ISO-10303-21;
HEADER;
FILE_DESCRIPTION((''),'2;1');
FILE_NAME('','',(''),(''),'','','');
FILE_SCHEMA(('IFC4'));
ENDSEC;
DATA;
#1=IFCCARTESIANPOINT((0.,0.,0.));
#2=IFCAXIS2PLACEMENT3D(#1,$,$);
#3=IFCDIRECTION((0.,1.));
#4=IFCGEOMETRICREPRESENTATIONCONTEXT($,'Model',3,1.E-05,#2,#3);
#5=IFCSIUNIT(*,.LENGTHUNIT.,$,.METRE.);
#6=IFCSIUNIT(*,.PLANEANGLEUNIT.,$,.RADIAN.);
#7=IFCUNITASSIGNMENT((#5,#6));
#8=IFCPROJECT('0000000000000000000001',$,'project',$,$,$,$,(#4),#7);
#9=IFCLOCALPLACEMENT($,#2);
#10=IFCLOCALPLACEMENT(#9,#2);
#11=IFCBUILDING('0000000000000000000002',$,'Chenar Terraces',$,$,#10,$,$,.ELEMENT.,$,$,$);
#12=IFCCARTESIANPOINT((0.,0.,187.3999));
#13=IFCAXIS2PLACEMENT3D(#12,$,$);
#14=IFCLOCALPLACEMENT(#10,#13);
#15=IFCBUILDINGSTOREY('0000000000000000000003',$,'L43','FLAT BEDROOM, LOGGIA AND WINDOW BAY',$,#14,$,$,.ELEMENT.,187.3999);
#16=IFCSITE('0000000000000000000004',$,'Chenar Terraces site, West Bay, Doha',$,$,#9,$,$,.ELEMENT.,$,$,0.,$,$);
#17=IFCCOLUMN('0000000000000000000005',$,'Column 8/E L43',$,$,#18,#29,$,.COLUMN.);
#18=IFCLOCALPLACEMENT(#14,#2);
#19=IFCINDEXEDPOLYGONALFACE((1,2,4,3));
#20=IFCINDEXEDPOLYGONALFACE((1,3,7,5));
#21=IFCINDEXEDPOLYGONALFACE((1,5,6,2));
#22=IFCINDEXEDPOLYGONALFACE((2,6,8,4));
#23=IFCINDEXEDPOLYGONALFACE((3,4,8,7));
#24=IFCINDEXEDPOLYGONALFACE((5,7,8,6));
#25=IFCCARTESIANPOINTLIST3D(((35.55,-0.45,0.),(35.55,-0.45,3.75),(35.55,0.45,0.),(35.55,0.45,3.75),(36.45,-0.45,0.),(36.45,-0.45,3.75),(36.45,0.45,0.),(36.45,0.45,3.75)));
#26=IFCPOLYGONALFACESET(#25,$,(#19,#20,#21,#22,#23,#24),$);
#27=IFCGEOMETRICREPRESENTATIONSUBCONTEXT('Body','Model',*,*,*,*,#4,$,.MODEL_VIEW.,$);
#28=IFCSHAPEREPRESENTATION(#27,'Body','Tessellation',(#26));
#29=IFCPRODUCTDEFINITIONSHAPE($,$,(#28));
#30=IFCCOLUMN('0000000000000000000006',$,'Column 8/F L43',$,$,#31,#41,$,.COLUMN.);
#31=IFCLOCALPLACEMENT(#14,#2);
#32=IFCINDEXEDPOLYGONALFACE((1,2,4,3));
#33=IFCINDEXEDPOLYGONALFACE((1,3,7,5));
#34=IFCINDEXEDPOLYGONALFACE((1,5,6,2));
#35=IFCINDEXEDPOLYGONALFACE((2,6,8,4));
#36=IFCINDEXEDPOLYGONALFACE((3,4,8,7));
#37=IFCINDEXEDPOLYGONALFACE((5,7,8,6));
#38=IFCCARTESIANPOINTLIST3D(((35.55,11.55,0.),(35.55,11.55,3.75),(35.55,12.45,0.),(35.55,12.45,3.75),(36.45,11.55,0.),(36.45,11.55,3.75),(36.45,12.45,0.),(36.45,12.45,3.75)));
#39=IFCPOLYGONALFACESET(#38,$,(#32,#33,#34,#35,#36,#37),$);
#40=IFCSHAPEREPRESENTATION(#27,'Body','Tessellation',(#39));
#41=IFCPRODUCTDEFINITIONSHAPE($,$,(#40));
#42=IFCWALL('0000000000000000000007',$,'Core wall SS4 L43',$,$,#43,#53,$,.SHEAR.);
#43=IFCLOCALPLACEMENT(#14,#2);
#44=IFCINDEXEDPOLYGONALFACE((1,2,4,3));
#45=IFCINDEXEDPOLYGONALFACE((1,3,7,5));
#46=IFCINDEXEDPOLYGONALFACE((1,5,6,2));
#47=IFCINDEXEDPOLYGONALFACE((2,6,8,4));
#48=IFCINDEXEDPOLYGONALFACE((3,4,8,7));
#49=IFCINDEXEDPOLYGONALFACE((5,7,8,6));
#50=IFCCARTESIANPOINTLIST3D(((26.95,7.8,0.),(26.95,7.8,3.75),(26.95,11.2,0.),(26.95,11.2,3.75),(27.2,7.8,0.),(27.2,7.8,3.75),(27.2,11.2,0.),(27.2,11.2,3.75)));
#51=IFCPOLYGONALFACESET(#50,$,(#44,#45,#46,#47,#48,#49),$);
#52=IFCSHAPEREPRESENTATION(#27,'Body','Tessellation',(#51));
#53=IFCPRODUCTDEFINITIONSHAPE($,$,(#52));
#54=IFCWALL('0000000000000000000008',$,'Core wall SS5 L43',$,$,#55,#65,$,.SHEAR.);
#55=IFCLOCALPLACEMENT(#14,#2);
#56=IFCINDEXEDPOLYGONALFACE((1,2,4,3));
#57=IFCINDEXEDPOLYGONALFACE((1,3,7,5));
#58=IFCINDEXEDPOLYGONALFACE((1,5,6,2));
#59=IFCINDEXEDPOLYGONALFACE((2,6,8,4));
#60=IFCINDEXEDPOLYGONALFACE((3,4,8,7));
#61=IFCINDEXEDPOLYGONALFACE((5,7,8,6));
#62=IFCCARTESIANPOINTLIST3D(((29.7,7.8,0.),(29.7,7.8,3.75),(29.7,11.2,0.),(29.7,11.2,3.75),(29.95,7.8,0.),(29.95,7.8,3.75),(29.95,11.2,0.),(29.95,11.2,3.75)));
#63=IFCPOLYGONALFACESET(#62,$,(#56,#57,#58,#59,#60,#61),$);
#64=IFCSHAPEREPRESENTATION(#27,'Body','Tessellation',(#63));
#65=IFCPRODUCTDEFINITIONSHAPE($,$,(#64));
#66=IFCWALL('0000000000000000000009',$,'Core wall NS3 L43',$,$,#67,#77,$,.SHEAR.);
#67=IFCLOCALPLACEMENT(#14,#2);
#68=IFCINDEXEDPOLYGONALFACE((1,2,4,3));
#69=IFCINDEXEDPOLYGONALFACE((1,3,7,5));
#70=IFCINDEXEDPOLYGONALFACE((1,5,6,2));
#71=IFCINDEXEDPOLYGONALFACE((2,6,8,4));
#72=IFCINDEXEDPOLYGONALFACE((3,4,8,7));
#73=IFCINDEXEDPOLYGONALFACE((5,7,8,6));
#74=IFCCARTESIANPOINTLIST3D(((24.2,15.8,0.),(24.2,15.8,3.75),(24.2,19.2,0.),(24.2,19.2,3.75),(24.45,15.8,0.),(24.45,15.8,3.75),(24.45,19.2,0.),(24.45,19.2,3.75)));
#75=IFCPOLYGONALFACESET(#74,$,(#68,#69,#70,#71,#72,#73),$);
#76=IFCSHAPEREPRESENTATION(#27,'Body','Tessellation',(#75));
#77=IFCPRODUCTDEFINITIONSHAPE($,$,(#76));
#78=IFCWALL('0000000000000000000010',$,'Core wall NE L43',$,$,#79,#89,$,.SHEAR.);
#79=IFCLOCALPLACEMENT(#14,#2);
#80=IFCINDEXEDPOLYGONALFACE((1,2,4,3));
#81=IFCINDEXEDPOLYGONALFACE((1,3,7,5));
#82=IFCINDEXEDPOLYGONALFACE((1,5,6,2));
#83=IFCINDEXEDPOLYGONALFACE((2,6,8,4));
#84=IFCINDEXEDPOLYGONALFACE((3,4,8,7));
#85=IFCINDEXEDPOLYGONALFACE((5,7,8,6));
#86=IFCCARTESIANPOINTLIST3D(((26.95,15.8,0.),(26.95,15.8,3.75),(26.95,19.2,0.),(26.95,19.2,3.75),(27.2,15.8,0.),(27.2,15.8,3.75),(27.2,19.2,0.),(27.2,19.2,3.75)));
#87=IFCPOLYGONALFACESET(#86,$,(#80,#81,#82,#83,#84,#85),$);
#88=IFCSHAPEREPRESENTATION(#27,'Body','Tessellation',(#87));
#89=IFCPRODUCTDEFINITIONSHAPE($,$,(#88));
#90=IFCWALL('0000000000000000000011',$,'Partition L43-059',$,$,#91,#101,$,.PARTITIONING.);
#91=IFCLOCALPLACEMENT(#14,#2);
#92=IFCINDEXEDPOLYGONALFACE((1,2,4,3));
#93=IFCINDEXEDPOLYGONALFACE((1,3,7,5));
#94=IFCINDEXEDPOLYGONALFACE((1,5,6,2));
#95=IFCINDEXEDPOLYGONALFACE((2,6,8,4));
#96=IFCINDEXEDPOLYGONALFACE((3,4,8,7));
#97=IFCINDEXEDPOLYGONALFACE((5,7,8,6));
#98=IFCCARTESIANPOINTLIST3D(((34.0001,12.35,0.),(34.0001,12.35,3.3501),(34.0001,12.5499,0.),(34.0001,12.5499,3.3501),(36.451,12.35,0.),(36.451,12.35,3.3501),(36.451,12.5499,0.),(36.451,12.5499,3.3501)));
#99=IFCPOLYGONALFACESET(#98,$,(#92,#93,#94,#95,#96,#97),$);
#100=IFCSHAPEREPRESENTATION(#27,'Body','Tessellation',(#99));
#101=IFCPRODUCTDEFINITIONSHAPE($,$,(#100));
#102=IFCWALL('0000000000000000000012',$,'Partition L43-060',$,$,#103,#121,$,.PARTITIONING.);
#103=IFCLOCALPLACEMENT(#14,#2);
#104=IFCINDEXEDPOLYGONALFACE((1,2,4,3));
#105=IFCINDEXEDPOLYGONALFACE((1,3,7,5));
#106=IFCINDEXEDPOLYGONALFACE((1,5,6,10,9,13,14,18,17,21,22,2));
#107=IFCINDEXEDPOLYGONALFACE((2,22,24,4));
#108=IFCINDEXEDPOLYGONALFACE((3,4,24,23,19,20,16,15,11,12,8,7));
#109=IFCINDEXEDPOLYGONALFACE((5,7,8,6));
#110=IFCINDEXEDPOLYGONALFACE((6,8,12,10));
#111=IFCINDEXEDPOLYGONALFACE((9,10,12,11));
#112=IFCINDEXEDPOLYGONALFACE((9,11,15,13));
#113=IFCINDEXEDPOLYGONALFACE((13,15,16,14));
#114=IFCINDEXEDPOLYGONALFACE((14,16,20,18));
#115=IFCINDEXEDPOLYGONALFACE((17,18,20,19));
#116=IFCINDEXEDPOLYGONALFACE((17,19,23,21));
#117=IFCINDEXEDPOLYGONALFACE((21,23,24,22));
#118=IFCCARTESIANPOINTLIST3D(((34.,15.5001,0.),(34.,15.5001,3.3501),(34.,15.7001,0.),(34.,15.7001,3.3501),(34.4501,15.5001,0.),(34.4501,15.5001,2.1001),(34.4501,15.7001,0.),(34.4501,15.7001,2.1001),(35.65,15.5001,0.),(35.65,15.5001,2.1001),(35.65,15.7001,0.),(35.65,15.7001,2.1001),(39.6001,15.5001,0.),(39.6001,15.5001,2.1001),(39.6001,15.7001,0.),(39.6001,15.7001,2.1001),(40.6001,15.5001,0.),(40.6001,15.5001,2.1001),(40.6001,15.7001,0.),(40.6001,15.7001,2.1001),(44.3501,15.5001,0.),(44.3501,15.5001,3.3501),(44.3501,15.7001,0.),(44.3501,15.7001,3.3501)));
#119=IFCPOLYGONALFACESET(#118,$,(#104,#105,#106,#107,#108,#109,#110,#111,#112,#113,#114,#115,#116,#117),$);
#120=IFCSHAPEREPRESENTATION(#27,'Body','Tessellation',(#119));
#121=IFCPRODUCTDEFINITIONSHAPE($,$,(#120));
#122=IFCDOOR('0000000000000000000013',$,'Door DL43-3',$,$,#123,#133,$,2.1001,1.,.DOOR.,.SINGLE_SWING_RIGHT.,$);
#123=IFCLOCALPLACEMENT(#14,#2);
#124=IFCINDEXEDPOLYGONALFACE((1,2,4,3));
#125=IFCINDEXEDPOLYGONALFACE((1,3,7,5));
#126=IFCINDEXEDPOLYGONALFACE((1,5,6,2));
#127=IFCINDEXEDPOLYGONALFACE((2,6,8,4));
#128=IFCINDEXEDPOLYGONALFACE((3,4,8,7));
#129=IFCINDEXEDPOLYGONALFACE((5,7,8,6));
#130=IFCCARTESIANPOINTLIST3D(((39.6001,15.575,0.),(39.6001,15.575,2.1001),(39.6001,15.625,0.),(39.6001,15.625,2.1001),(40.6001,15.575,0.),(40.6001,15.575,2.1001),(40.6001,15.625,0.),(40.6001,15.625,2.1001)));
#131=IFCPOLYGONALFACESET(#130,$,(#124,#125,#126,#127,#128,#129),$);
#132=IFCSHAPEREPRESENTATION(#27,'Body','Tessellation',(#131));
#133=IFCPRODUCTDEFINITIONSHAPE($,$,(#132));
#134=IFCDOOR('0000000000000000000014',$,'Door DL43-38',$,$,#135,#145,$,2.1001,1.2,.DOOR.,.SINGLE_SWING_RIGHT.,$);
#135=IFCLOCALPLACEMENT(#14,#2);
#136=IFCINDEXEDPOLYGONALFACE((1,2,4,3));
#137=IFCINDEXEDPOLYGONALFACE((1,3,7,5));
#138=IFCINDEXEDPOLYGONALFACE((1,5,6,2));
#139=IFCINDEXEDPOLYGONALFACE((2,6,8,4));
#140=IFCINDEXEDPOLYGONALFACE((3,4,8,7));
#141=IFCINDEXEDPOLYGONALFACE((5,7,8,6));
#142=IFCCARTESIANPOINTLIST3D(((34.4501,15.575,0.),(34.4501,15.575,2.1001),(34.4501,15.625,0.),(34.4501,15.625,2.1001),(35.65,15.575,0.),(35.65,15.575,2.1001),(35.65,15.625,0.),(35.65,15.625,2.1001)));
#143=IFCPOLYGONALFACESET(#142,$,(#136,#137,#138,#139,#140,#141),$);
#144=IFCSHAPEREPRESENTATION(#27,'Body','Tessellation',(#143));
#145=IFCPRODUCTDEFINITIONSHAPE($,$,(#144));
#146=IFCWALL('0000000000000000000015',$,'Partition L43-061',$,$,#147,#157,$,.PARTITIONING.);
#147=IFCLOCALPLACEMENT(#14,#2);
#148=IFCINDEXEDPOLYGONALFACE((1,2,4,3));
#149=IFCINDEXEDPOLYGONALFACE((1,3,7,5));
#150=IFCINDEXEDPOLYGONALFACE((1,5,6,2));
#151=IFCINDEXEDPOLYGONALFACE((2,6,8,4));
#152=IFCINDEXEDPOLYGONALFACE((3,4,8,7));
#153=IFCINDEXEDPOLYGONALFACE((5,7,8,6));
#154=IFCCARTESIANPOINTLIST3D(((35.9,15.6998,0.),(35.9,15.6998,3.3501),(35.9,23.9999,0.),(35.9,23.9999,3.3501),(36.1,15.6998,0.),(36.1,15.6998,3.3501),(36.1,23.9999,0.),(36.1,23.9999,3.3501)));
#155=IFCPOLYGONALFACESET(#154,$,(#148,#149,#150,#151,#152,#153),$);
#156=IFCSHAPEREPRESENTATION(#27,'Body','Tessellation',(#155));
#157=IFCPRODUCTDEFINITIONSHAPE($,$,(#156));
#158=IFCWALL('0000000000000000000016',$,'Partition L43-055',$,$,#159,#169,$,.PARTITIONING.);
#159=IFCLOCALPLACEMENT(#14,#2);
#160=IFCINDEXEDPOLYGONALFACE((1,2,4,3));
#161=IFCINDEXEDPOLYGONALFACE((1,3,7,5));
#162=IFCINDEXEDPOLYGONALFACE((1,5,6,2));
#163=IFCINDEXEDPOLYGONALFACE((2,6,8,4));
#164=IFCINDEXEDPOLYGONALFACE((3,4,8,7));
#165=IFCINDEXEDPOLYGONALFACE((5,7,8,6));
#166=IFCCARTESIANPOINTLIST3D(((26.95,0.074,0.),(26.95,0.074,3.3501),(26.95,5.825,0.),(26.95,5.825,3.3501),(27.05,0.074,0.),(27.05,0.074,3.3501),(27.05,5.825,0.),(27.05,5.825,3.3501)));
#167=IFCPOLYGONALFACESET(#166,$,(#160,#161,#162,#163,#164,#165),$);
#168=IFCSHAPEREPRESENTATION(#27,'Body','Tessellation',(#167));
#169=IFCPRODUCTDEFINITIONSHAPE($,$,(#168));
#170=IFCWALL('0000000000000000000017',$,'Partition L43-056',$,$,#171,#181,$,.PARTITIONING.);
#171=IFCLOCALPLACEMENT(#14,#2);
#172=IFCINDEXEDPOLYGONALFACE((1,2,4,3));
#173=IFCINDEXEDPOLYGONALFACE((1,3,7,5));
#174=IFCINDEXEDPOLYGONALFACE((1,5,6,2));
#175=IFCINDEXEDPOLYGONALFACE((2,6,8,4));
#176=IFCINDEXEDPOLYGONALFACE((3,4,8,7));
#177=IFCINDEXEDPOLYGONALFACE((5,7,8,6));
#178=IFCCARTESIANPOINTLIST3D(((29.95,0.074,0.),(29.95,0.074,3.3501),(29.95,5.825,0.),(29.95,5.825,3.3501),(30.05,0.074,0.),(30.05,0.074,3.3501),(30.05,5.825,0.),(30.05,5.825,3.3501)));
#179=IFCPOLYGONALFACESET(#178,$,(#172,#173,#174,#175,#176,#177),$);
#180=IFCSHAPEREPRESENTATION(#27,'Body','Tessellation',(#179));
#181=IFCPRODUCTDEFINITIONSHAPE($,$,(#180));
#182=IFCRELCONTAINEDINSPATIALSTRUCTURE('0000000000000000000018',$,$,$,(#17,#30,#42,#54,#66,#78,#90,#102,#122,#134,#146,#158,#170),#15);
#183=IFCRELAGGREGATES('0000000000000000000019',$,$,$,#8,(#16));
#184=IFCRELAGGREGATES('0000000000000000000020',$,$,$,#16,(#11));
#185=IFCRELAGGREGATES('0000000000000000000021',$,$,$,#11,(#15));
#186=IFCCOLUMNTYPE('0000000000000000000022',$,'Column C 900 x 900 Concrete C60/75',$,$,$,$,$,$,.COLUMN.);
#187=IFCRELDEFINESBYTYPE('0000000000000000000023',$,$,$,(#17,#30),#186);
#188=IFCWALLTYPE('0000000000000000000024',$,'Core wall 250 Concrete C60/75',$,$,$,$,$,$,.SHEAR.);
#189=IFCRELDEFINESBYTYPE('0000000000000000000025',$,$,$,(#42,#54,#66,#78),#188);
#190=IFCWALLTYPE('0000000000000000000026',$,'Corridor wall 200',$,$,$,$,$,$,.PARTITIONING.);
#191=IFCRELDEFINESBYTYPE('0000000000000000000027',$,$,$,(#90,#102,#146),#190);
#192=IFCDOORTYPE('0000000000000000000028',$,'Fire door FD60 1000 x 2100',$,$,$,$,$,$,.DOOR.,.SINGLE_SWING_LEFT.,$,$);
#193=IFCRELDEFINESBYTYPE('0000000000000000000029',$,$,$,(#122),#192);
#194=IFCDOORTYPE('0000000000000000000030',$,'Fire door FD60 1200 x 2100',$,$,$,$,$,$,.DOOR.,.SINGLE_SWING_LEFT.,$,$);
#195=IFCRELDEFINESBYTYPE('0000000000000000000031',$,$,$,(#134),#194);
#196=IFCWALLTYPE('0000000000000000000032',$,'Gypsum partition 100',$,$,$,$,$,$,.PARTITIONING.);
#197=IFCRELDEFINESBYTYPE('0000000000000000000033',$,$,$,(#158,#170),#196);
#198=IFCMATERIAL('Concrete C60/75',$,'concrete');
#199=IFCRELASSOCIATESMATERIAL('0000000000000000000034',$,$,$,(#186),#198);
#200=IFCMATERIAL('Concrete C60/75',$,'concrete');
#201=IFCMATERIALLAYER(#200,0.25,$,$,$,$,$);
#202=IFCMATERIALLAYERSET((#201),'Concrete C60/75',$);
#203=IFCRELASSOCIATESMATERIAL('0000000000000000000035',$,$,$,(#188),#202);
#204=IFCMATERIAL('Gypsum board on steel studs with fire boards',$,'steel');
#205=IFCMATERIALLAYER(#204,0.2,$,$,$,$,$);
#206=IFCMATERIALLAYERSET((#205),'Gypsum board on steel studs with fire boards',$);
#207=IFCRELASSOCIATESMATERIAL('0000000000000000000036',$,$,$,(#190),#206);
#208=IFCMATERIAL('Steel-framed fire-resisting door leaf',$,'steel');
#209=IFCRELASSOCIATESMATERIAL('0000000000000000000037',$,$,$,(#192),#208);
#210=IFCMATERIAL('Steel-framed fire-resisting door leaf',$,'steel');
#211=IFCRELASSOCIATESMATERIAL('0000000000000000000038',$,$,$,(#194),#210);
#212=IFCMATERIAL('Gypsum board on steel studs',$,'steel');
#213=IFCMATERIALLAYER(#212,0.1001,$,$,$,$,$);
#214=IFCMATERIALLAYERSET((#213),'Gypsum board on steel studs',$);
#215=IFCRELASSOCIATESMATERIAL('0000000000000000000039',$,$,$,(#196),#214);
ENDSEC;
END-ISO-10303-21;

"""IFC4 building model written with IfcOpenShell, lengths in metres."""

from ifc_helpers import new_model, si_unit, direction, frame, frame_2d, origin, origin_2d, place, context, subcontext, project, spatial, rectangle, extrude, material, layer, layer_set, material_profile, profile_set, type_object, element, fill, save


model = new_model("IFC4")

# Units and contexts
model_context = context("Model", 3, precision=1e-05, world=origin(), true_north=direction((0.0, 1.0)))
body_context = subcontext(model_context, "Body", "Model", "MODEL_VIEW")
ifc_project = project(units=[si_unit("LENGTHUNIT", "METRE"), si_unit("PLANEANGLEUNIT", "RADIAN")], contexts=[model_context])

# Site, building, storey
site_placement = place(None, origin())
site = spatial("IfcSite", under=ifc_project, at=site_placement, Name="Chenar Terraces site, West Bay, Doha", CompositionType="ELEMENT", RefElevation=0.0)
building_placement = place(site_placement, origin())
building = spatial("IfcBuilding", under=site, at=building_placement, Name="Chenar Terraces", CompositionType="ELEMENT")
storey_placement = place(building_placement, frame((0.0, 0.0, 187.3999)))
storey = spatial("IfcBuildingStorey", under=building, at=storey_placement, Name="L43", Description="FLAT BEDROOM, LOGGIA AND WINDOW BAY", CompositionType="ELEMENT", Elevation=187.3999)

# Columns
ifc_material_1 = material(Name="Concrete C60/75", Category="concrete")
ifc_material_profile_1 = material_profile(ifc_material_1, rectangle(XDim=0.8999, YDim=0.8999, at=origin_2d()), Name="C 900 x 900")
ifc_profile_set_1 = profile_set([ifc_material_profile_1], Name="Concrete C60/75")
column_type = type_object("IfcColumnType", Name="Column C 900 x 900 Concrete C60/75", PredefinedType="COLUMN", material=ifc_profile_set_1)
for number, where, z_axis, x_axis, name in (
    (1, (36.0, 0.0, 0.0), (0.0, 0.0, 1.0), (1.0, 0.0, 0.0), "Column 8/E L43"),
    (2, (36.0, 12.0, 0.0), (0.0, 0.0, 1.0), (1.0, 0.0, 0.0), "Column 8/F L43"),
):
    element("IfcColumn", number, at=place(storey_placement, frame(where, z_axis=z_axis, x_axis=x_axis)), inside=storey, type_object=column_type, Name=name, PredefinedType="COLUMN", context=body_context, shape_type="SweptSolid", body=[
        extrude(rectangle(XDim=0.8999, YDim=0.8999, at=origin_2d()), origin(), (0.0, 0.0, 1.0), 3.75),
    ])

# Walls
ifc_material_2 = material(Name="Concrete C60/75", Category="concrete")
ifc_layer_1 = layer(ifc_material_2, 0.25)
ifc_layer_set_1 = layer_set([ifc_layer_1], Name="Concrete C60/75")
wall_type_1 = type_object("IfcWallType", Name="Core wall 250 Concrete C60/75", PredefinedType="SHEAR", material=ifc_layer_set_1)
for number, where, z_axis, x_axis, name in (
    (3, (27.075, 7.8, 0.0), (0.0, 0.0, 1.0), (0.0, 1.0, 0.0), "Core wall SS4 L43"),
    (4, (29.825, 7.8, 0.0), (0.0, 0.0, 1.0), (0.0, 1.0, 0.0), "Core wall SS5 L43"),
    (5, (24.325, 15.8, 0.0), (0.0, 0.0, 1.0), (0.0, 1.0, 0.0), "Core wall NS3 L43"),
    (6, (27.075, 15.8, 0.0), (0.0, 0.0, 1.0), (0.0, 1.0, 0.0), "Core wall NE L43"),
):
    element("IfcWall", number, at=place(storey_placement, frame(where, z_axis=z_axis, x_axis=x_axis)), inside=storey, type_object=wall_type_1, Name=name, PredefinedType="SHEAR", context=body_context, shape_type="SweptSolid", body=[
        extrude(rectangle(XDim=3.3999, YDim=0.25, at=frame_2d((1.7, 0.0))), origin(), (0.0, 0.0, 1.0), 3.75),
    ])

# Wall
ifc_material_3 = material(Name="Gypsum board on steel studs with fire boards", Category="steel")
ifc_layer_2 = layer(ifc_material_3, 0.2)
ifc_layer_set_2 = layer_set([ifc_layer_2], Name="Gypsum board on steel studs with fire boards")
wall_type_2 = type_object("IfcWallType", Name="Corridor wall 200", PredefinedType="PARTITIONING", material=ifc_layer_set_2)
wall_1_placement = place(storey_placement, frame((34.0, 12.45, 0.0), z_axis=(0.0, 0.0, 1.0), x_axis=(1.0, 0.0, 0.0)))
element("IfcWall", 7, at=wall_1_placement, inside=storey, type_object=wall_type_2, Name="Partition L43-059", PredefinedType="PARTITIONING", context=body_context, shape_type="SweptSolid", body=[
    extrude(rectangle(XDim=2.4509, YDim=0.2, at=frame_2d((1.2256, 0.0))), origin(), (0.0, 0.0, 1.0), 3.3501),
])

# Wall, openings, doors
wall_2_placement = place(storey_placement, frame((34.0, 15.6001, 0.0), z_axis=(0.0, 0.0, 1.0), x_axis=(1.0, 0.0, 0.0)))
wall_2 = element("IfcWall", 8, at=wall_2_placement, inside=storey, type_object=wall_type_2, Name="Partition L43-060", PredefinedType="PARTITIONING", context=body_context, shape_type="SweptSolid", body=[
    extrude(rectangle(XDim=10.3501, YDim=0.2, at=frame_2d((5.175, 0.0))), origin(), (0.0, 0.0, 1.0), 3.3501),
])
opening_1_placement = place(wall_2_placement, frame((5.6001, 0.0, 0.0)))
opening_1 = element("IfcOpeningElement", 9, at=opening_1_placement, cuts=wall_2, PredefinedType="OPENING", context=body_context, shape_type="SweptSolid", body=[
    extrude(rectangle(XDim=1.0, YDim=2.1001, at=frame_2d((0.5, 1.05))), frame((0.0, 0.1099, 0.0), z_axis=(0.0, -1.0, 0.0), x_axis=(1.0, 0.0, 0.0)), (0.0, 0.0, 1.0), 0.22),
])
opening_2_placement = place(wall_2_placement, frame((0.45, 0.0, 0.0)))
opening_2 = element("IfcOpeningElement", 10, at=opening_2_placement, cuts=wall_2, PredefinedType="OPENING", context=body_context, shape_type="SweptSolid", body=[
    extrude(rectangle(XDim=1.2, YDim=2.1001, at=frame_2d((0.6001, 1.05))), frame((0.0, 0.1099, 0.0), z_axis=(0.0, -1.0, 0.0), x_axis=(1.0, 0.0, 0.0)), (0.0, 0.0, 1.0), 0.22),
])
ifc_material_4 = material(Name="Steel-framed fire-resisting door leaf", Category="steel")
door_type_1 = type_object("IfcDoorType", Name="Fire door FD60 1000 x 2100", OperationType="SINGLE_SWING_LEFT", PredefinedType="DOOR", material=ifc_material_4)
door_1_placement = place(opening_1_placement, origin())
door_1 = element("IfcDoor", 11, at=door_1_placement, inside=storey, type_object=door_type_1, Name="Door DL43-3", OperationType="SINGLE_SWING_RIGHT", OverallHeight=2.1001, OverallWidth=1.0, PredefinedType="DOOR", context=body_context, shape_type="SweptSolid", body=[
    extrude(rectangle(XDim=1.0, YDim=2.1001, at=frame_2d((0.5, 1.05))), frame((0.0, 0.0249, 0.0), z_axis=(0.0, -1.0, 0.0), x_axis=(1.0, 0.0, 0.0)), (0.0, 0.0, 1.0), 0.05),
])
fill(opening_1, door_1)
ifc_material_5 = material(Name="Steel-framed fire-resisting door leaf", Category="steel")
door_type_2 = type_object("IfcDoorType", Name="Fire door FD60 1200 x 2100", OperationType="SINGLE_SWING_LEFT", PredefinedType="DOOR", material=ifc_material_5)
door_2_placement = place(opening_2_placement, origin())
door_2 = element("IfcDoor", 12, at=door_2_placement, inside=storey, type_object=door_type_2, Name="Door DL43-38", OperationType="SINGLE_SWING_RIGHT", OverallHeight=2.1001, OverallWidth=1.2, PredefinedType="DOOR", context=body_context, shape_type="SweptSolid", body=[
    extrude(rectangle(XDim=1.2, YDim=2.1001, at=frame_2d((0.6001, 1.05))), frame((0.0, 0.0249, 0.0), z_axis=(0.0, -1.0, 0.0), x_axis=(1.0, 0.0, 0.0)), (0.0, 0.0, 1.0), 0.05),
])
fill(opening_2, door_2)

# Walls
wall_3_placement = place(storey_placement, frame((36.0, 15.7, 0.0), z_axis=(0.0, 0.0, 1.0), x_axis=(0.0, 1.0, 0.0)))
element("IfcWall", 13, at=wall_3_placement, inside=storey, type_object=wall_type_2, Name="Partition L43-061", PredefinedType="PARTITIONING", context=body_context, shape_type="SweptSolid", body=[
    extrude(rectangle(XDim=8.3, YDim=0.2, at=frame_2d((4.1499, 0.0))), origin(), (0.0, 0.0, 1.0), 3.3501),
])
ifc_material_6 = material(Name="Gypsum board on steel studs", Category="steel")
ifc_layer_3 = layer(ifc_material_6, 0.1001)
ifc_layer_set_3 = layer_set([ifc_layer_3], Name="Gypsum board on steel studs")
wall_type_3 = type_object("IfcWallType", Name="Gypsum partition 100", PredefinedType="PARTITIONING", material=ifc_layer_set_3)
for number, where, z_axis, x_axis, name in (
    (14, (27.0, 0.074, 0.0), (0.0, 0.0, 1.0), (0.0, 1.0, 0.0), "Partition L43-055"),
    (15, (30.0, 0.074, 0.0), (0.0, 0.0, 1.0), (0.0, 1.0, 0.0), "Partition L43-056"),
):
    element("IfcWall", number, at=place(storey_placement, frame(where, z_axis=z_axis, x_axis=x_axis)), inside=storey, type_object=wall_type_3, Name=name, PredefinedType="PARTITIONING", context=body_context, shape_type="SweptSolid", body=[
        extrude(rectangle(XDim=5.751, YDim=0.1001, at=frame_2d((2.8755, 0.0))), origin(), (0.0, 0.0, 1.0), 3.3501),
    ])

save(model, "model.ifc")
